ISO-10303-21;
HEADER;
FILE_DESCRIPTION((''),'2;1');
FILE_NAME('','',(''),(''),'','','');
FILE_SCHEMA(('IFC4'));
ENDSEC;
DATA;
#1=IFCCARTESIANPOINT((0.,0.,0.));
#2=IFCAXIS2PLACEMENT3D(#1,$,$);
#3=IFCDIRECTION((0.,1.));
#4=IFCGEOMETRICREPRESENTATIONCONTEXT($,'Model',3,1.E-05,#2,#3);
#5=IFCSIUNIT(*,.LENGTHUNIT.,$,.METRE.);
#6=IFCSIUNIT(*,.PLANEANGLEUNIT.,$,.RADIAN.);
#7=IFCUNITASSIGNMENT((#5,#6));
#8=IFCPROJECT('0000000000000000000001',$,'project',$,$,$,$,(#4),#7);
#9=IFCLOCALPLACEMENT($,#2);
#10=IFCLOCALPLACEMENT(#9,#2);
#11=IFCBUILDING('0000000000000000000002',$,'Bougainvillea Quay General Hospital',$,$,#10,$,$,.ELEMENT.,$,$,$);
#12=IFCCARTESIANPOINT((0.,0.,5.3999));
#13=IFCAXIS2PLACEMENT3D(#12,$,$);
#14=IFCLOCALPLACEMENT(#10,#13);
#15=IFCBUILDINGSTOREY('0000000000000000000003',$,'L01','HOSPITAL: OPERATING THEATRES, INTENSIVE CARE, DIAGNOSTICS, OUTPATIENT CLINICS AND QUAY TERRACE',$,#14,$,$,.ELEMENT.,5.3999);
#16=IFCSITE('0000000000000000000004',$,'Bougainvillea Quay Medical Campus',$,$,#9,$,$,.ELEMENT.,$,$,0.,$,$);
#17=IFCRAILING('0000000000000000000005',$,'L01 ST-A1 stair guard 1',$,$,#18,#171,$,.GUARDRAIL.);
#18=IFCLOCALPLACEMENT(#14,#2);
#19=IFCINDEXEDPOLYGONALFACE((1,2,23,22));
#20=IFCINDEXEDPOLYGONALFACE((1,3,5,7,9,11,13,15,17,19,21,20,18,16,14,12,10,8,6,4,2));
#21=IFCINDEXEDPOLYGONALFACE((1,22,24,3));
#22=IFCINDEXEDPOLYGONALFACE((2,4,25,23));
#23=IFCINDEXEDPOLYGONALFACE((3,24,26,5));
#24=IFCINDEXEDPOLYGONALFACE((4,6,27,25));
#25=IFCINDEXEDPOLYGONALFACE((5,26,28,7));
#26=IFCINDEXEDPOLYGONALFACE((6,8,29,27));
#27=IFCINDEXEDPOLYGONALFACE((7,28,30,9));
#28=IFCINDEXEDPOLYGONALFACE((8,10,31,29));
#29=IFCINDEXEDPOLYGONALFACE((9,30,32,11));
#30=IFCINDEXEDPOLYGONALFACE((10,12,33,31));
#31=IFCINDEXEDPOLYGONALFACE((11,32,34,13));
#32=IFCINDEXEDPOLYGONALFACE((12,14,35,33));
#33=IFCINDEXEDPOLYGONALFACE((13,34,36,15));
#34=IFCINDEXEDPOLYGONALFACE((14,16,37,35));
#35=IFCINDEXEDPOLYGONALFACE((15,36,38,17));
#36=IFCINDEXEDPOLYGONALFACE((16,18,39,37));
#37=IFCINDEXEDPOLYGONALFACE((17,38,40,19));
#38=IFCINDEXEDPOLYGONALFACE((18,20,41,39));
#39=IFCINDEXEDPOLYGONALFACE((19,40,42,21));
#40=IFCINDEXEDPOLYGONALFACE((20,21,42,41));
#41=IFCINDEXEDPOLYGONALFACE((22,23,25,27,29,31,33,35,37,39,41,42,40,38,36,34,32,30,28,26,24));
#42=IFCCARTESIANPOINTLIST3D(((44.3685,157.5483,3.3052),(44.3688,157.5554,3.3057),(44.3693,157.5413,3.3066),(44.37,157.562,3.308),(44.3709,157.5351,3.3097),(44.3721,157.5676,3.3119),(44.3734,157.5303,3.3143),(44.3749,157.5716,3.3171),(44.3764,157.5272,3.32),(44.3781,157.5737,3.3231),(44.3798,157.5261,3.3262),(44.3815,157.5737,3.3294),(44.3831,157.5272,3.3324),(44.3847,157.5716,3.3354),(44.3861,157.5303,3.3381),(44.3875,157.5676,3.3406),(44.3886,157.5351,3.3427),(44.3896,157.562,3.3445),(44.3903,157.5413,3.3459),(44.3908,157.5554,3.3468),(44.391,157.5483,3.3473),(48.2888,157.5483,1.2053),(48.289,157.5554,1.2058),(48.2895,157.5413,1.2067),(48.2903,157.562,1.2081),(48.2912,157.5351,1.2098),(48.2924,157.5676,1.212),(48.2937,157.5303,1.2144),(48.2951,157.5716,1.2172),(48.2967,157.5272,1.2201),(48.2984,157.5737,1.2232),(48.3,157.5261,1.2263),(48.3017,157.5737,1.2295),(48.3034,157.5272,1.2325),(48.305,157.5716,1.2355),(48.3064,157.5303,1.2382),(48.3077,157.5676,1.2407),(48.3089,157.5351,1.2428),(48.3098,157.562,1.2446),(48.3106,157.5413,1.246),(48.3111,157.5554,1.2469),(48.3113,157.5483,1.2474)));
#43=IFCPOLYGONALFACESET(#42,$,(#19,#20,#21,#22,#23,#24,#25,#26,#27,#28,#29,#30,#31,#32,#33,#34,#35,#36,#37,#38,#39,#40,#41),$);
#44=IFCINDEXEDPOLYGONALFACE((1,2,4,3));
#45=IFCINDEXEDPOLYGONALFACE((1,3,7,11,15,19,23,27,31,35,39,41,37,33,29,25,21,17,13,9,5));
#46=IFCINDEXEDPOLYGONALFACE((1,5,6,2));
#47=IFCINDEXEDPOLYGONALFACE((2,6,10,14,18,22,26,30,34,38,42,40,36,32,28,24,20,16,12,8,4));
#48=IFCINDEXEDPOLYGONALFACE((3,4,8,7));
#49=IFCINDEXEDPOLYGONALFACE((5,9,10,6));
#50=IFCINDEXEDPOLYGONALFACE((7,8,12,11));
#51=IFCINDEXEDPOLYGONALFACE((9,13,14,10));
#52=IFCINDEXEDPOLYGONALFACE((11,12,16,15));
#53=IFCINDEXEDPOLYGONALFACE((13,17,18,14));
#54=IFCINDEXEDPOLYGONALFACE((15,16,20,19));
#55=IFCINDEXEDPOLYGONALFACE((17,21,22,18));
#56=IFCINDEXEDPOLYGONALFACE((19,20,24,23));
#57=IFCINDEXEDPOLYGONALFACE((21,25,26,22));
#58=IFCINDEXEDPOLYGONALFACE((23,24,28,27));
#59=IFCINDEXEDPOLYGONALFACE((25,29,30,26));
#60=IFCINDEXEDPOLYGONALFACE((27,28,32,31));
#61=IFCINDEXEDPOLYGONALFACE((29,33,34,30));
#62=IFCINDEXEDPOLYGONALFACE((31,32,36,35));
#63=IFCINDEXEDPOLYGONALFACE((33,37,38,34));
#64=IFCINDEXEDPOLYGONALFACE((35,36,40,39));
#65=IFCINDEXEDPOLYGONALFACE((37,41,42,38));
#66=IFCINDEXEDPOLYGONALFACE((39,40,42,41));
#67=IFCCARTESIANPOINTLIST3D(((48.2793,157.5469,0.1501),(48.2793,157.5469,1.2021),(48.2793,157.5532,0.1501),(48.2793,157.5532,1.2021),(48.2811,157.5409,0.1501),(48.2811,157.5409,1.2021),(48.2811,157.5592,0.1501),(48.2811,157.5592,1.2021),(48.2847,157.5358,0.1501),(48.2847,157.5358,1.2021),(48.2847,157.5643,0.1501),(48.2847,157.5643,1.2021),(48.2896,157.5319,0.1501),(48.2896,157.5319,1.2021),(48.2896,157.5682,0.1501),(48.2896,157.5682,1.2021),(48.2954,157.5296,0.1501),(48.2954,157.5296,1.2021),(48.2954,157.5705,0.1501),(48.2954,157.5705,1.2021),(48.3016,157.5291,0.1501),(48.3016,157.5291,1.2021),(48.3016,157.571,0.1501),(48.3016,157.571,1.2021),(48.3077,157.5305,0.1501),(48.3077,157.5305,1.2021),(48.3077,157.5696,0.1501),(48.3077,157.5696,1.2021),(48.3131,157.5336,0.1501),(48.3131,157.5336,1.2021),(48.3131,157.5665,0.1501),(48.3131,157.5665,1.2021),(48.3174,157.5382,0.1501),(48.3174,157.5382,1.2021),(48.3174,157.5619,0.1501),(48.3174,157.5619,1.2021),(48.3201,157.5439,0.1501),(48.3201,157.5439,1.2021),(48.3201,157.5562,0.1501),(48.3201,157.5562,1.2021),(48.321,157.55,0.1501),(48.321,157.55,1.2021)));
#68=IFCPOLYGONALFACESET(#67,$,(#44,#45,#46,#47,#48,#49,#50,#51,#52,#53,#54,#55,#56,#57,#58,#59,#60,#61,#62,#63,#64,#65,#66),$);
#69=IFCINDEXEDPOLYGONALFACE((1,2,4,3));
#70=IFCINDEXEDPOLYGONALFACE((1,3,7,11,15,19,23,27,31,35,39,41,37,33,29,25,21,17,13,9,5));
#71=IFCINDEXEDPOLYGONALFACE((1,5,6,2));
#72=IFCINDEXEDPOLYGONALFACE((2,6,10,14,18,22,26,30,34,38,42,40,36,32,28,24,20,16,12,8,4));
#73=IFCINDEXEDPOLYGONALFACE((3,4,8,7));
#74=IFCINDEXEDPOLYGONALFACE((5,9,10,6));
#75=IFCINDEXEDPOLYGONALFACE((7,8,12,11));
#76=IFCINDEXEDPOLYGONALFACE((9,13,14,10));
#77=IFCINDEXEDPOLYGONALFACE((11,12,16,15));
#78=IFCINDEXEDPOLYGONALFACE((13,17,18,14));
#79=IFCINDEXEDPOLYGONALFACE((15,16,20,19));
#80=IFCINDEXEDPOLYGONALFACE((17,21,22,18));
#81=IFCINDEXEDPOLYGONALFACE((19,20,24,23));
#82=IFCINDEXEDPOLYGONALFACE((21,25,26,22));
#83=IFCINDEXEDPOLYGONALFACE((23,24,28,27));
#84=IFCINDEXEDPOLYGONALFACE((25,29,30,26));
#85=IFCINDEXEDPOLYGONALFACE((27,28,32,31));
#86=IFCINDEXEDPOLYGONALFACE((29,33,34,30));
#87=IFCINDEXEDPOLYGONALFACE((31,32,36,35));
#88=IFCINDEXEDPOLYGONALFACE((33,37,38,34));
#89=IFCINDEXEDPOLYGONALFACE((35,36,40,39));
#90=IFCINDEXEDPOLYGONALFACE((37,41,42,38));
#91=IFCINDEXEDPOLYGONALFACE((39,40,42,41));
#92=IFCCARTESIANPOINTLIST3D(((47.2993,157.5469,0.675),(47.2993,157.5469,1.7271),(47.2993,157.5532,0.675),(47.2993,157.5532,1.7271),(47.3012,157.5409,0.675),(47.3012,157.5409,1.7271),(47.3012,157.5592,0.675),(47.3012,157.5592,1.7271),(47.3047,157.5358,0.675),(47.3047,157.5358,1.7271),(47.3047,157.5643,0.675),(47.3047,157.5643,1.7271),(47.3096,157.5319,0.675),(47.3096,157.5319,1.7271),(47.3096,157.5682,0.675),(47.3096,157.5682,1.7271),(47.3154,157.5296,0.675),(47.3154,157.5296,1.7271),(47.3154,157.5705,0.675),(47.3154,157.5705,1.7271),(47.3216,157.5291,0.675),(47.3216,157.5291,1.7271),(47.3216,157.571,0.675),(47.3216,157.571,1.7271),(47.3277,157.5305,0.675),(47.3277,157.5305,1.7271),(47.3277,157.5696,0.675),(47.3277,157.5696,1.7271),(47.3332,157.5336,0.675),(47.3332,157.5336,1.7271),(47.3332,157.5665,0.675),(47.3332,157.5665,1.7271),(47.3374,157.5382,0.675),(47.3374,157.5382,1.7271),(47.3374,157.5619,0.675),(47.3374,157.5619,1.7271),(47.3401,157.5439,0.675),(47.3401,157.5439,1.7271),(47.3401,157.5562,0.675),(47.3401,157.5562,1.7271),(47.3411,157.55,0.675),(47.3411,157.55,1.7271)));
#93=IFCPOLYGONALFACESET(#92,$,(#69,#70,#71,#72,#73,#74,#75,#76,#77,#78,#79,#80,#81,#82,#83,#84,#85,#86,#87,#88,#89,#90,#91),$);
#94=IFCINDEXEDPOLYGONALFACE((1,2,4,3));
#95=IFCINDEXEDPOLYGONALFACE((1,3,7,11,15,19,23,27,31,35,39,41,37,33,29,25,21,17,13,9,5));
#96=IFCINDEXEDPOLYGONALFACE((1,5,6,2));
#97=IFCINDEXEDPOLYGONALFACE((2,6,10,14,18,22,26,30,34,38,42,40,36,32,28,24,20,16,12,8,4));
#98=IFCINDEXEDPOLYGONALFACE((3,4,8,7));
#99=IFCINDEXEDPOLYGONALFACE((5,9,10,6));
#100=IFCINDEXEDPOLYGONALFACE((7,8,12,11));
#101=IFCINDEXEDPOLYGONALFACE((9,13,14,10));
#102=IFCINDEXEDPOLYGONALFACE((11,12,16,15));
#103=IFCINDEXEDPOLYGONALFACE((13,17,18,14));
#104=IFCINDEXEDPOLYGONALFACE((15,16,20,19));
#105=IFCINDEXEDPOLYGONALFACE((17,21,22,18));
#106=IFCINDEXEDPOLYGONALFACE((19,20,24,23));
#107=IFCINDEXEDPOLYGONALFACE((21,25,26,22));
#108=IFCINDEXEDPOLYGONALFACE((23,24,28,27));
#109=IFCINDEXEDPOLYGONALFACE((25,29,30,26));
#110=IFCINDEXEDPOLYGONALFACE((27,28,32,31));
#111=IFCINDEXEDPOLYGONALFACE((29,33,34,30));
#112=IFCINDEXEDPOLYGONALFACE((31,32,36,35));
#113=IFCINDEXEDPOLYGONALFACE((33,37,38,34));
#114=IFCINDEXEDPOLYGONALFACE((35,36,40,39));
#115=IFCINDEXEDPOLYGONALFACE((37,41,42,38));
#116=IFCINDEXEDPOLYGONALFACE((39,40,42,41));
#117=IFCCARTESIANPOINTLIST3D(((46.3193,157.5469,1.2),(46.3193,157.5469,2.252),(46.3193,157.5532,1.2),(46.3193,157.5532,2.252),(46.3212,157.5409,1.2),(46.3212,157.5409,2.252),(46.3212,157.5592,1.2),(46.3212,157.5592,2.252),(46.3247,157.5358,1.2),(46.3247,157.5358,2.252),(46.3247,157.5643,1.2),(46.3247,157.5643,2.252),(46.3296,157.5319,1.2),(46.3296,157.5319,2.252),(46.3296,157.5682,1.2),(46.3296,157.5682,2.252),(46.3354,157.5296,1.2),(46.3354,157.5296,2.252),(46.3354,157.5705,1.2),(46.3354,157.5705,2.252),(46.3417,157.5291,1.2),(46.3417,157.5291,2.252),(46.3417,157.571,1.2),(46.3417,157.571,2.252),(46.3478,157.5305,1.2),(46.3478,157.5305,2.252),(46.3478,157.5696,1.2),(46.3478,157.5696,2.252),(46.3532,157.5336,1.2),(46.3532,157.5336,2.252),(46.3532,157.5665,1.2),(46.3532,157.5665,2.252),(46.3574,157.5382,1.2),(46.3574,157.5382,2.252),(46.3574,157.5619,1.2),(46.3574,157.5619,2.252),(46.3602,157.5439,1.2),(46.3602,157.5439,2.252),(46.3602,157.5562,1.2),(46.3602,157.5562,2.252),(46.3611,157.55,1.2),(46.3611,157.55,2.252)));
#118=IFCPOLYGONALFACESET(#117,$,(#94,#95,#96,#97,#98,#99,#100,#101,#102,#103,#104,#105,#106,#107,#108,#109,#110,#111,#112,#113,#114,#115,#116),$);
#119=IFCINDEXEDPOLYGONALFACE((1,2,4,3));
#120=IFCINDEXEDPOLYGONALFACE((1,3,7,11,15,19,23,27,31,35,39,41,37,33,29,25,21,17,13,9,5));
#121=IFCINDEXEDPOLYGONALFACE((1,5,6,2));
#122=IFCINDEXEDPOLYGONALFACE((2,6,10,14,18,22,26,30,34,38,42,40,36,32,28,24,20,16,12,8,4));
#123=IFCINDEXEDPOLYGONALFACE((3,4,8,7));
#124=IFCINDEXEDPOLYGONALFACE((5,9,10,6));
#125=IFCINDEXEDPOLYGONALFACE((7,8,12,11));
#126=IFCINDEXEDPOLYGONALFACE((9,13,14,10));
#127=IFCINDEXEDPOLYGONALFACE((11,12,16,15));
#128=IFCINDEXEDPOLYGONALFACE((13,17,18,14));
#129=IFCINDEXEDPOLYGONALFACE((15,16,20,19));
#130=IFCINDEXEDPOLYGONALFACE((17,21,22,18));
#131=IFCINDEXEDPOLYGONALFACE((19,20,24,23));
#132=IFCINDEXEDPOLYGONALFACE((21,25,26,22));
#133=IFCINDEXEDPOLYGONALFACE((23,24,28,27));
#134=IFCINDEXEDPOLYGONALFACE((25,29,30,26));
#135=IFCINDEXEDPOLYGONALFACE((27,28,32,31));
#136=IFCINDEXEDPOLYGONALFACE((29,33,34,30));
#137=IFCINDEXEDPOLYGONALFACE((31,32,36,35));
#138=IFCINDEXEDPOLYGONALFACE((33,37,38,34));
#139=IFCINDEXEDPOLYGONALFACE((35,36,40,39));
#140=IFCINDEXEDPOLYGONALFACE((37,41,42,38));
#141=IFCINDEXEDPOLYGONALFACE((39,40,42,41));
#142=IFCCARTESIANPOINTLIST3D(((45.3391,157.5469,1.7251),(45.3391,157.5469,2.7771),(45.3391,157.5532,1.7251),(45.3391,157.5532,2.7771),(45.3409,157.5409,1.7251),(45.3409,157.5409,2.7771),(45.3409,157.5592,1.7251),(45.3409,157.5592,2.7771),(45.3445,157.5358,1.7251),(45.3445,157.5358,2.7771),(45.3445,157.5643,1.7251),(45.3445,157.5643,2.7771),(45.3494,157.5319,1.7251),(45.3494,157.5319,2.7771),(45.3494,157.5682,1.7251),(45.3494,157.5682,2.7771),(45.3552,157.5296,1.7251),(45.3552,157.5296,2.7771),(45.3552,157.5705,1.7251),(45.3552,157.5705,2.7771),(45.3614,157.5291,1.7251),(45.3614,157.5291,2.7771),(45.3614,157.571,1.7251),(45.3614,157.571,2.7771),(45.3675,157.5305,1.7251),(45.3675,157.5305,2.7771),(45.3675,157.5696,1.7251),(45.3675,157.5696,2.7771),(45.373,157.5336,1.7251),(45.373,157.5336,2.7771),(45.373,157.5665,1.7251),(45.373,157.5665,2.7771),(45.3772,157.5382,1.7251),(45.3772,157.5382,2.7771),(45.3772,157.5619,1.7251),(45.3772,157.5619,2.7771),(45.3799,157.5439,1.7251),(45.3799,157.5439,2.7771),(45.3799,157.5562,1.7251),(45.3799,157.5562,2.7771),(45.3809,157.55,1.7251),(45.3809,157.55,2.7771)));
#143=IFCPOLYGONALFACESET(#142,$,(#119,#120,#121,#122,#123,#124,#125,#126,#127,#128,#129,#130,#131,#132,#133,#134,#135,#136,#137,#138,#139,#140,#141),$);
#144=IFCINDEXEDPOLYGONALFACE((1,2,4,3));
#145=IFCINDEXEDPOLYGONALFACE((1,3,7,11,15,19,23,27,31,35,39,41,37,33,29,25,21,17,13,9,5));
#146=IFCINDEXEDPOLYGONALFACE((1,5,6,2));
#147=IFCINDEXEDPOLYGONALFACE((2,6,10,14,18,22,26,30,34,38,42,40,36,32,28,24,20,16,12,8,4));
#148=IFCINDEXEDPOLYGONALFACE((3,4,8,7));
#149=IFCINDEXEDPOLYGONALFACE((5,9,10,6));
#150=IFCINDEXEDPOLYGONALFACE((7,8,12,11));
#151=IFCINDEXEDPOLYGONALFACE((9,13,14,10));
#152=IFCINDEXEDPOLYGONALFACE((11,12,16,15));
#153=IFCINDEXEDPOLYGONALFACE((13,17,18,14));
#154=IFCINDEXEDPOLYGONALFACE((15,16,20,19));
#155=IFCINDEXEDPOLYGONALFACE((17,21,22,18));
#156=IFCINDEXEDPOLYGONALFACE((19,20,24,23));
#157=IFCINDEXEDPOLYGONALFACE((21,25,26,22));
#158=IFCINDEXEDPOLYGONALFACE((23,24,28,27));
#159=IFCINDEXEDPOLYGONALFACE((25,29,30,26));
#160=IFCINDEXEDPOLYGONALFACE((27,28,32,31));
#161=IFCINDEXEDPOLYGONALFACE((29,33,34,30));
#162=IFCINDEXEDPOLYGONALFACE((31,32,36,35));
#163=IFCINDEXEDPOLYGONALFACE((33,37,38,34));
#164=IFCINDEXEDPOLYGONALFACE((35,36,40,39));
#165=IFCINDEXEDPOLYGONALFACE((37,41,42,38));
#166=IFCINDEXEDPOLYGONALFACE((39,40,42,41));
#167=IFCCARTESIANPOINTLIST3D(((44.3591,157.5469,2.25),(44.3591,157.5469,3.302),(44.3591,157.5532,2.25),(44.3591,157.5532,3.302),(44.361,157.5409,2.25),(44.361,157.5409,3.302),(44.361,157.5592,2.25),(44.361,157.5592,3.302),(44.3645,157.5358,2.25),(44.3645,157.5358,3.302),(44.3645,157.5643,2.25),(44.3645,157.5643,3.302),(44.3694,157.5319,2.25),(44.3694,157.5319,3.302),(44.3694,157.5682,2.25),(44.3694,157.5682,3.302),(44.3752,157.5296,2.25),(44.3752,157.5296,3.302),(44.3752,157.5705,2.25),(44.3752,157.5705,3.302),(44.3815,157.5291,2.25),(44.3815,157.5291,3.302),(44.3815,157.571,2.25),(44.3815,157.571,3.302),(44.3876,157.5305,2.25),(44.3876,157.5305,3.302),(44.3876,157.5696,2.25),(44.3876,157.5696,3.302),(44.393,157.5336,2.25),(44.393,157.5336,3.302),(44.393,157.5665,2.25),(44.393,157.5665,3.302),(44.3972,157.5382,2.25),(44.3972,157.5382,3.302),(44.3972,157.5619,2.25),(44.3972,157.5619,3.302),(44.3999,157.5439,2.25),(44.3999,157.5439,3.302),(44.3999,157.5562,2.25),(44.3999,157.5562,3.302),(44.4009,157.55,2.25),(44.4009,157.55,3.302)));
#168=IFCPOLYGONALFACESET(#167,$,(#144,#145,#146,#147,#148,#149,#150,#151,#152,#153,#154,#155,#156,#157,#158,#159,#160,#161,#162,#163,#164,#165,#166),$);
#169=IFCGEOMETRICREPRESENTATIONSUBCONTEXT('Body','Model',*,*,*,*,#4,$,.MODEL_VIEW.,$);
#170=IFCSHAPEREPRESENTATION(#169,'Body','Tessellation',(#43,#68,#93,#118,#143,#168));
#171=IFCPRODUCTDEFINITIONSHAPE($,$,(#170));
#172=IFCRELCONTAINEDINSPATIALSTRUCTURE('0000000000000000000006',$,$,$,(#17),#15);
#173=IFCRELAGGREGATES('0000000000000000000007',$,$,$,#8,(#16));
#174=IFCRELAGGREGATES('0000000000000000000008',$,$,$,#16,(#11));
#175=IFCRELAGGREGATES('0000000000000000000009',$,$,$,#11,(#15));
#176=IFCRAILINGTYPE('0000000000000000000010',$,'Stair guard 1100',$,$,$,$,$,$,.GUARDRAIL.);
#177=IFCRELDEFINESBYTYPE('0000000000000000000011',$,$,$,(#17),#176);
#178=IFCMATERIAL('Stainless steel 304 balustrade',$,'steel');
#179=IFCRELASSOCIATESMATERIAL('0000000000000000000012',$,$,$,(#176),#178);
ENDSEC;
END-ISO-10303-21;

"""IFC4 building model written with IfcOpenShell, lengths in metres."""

from ifc_helpers import new_model, si_unit, direction, frame, origin, origin_2d, place, context, subcontext, project, spatial, circle, extrude, material, type_object, element, save


model = new_model("IFC4")

# Units and contexts
model_context = context("Model", 3, precision=1e-05, world=origin(), true_north=direction((0.0, 1.0)))
body_context = subcontext(model_context, "Body", "Model", "MODEL_VIEW")
ifc_project = project(units=[si_unit("LENGTHUNIT", "METRE"), si_unit("PLANEANGLEUNIT", "RADIAN")], contexts=[model_context])

# Site, building, storey
site_placement = place(None, origin())
site = spatial("IfcSite", under=ifc_project, at=site_placement, Name="Bougainvillea Quay Medical Campus", CompositionType="ELEMENT", RefElevation=0.0)
building_placement = place(site_placement, origin())
building = spatial("IfcBuilding", under=site, at=building_placement, Name="Bougainvillea Quay General Hospital", CompositionType="ELEMENT")
storey_placement = place(building_placement, frame((0.0, 0.0, 5.3999)))
storey = spatial("IfcBuildingStorey", under=building, at=storey_placement, Name="L01", Description="HOSPITAL: OPERATING THEATRES, INTENSIVE CARE, DIAGNOSTICS, OUTPATIENT CLINICS AND QUAY TERRACE", CompositionType="ELEMENT", Elevation=5.3999)

# Railing
ifc_material_1 = material(Name="Stainless steel 304 balustrade", Category="steel")
railing_type_1 = type_object("IfcRailingType", Name="Stair guard 1100", PredefinedType="GUARDRAIL", material=ifc_material_1)
railing_1_placement = place(storey_placement, frame((48.3, 157.55, 0.1501)))
element("IfcRailing", 1, at=railing_1_placement, inside=storey, type_object=railing_type_1, Name="L01 ST-A1 stair guard 1", PredefinedType="GUARDRAIL", context=body_context, shape_type="SweptSolid", body=[
    extrude(circle(Radius=0.0239, at=origin_2d()), frame((0.0, 0.0, 1.0762), z_axis=(-0.881502, 0.0, 0.47218), x_axis=(0.0, -1.0, 0.0)), (0.0, 0.0, 1.0), 4.4473),
    extrude(circle(Radius=0.021, at=origin_2d()), origin(), (0.0, 0.0, 1.0), 1.052),
    extrude(circle(Radius=0.021, at=origin_2d()), frame((-0.98, 0.0, 0.5249)), (0.0, 0.0, 1.0), 1.052),
    extrude(circle(Radius=0.021, at=origin_2d()), frame((-1.96, 0.0, 1.0498)), (0.0, 0.0, 1.0), 1.052),
    extrude(circle(Radius=0.021, at=origin_2d()), frame((-2.9402, 0.0, 1.575)), (0.0, 0.0, 1.0), 1.052),
    extrude(circle(Radius=0.021, at=origin_2d()), frame((-3.9202, 0.0, 2.0999)), (0.0, 0.0, 1.0), 1.052),
])

save(model, "model.ifc")
